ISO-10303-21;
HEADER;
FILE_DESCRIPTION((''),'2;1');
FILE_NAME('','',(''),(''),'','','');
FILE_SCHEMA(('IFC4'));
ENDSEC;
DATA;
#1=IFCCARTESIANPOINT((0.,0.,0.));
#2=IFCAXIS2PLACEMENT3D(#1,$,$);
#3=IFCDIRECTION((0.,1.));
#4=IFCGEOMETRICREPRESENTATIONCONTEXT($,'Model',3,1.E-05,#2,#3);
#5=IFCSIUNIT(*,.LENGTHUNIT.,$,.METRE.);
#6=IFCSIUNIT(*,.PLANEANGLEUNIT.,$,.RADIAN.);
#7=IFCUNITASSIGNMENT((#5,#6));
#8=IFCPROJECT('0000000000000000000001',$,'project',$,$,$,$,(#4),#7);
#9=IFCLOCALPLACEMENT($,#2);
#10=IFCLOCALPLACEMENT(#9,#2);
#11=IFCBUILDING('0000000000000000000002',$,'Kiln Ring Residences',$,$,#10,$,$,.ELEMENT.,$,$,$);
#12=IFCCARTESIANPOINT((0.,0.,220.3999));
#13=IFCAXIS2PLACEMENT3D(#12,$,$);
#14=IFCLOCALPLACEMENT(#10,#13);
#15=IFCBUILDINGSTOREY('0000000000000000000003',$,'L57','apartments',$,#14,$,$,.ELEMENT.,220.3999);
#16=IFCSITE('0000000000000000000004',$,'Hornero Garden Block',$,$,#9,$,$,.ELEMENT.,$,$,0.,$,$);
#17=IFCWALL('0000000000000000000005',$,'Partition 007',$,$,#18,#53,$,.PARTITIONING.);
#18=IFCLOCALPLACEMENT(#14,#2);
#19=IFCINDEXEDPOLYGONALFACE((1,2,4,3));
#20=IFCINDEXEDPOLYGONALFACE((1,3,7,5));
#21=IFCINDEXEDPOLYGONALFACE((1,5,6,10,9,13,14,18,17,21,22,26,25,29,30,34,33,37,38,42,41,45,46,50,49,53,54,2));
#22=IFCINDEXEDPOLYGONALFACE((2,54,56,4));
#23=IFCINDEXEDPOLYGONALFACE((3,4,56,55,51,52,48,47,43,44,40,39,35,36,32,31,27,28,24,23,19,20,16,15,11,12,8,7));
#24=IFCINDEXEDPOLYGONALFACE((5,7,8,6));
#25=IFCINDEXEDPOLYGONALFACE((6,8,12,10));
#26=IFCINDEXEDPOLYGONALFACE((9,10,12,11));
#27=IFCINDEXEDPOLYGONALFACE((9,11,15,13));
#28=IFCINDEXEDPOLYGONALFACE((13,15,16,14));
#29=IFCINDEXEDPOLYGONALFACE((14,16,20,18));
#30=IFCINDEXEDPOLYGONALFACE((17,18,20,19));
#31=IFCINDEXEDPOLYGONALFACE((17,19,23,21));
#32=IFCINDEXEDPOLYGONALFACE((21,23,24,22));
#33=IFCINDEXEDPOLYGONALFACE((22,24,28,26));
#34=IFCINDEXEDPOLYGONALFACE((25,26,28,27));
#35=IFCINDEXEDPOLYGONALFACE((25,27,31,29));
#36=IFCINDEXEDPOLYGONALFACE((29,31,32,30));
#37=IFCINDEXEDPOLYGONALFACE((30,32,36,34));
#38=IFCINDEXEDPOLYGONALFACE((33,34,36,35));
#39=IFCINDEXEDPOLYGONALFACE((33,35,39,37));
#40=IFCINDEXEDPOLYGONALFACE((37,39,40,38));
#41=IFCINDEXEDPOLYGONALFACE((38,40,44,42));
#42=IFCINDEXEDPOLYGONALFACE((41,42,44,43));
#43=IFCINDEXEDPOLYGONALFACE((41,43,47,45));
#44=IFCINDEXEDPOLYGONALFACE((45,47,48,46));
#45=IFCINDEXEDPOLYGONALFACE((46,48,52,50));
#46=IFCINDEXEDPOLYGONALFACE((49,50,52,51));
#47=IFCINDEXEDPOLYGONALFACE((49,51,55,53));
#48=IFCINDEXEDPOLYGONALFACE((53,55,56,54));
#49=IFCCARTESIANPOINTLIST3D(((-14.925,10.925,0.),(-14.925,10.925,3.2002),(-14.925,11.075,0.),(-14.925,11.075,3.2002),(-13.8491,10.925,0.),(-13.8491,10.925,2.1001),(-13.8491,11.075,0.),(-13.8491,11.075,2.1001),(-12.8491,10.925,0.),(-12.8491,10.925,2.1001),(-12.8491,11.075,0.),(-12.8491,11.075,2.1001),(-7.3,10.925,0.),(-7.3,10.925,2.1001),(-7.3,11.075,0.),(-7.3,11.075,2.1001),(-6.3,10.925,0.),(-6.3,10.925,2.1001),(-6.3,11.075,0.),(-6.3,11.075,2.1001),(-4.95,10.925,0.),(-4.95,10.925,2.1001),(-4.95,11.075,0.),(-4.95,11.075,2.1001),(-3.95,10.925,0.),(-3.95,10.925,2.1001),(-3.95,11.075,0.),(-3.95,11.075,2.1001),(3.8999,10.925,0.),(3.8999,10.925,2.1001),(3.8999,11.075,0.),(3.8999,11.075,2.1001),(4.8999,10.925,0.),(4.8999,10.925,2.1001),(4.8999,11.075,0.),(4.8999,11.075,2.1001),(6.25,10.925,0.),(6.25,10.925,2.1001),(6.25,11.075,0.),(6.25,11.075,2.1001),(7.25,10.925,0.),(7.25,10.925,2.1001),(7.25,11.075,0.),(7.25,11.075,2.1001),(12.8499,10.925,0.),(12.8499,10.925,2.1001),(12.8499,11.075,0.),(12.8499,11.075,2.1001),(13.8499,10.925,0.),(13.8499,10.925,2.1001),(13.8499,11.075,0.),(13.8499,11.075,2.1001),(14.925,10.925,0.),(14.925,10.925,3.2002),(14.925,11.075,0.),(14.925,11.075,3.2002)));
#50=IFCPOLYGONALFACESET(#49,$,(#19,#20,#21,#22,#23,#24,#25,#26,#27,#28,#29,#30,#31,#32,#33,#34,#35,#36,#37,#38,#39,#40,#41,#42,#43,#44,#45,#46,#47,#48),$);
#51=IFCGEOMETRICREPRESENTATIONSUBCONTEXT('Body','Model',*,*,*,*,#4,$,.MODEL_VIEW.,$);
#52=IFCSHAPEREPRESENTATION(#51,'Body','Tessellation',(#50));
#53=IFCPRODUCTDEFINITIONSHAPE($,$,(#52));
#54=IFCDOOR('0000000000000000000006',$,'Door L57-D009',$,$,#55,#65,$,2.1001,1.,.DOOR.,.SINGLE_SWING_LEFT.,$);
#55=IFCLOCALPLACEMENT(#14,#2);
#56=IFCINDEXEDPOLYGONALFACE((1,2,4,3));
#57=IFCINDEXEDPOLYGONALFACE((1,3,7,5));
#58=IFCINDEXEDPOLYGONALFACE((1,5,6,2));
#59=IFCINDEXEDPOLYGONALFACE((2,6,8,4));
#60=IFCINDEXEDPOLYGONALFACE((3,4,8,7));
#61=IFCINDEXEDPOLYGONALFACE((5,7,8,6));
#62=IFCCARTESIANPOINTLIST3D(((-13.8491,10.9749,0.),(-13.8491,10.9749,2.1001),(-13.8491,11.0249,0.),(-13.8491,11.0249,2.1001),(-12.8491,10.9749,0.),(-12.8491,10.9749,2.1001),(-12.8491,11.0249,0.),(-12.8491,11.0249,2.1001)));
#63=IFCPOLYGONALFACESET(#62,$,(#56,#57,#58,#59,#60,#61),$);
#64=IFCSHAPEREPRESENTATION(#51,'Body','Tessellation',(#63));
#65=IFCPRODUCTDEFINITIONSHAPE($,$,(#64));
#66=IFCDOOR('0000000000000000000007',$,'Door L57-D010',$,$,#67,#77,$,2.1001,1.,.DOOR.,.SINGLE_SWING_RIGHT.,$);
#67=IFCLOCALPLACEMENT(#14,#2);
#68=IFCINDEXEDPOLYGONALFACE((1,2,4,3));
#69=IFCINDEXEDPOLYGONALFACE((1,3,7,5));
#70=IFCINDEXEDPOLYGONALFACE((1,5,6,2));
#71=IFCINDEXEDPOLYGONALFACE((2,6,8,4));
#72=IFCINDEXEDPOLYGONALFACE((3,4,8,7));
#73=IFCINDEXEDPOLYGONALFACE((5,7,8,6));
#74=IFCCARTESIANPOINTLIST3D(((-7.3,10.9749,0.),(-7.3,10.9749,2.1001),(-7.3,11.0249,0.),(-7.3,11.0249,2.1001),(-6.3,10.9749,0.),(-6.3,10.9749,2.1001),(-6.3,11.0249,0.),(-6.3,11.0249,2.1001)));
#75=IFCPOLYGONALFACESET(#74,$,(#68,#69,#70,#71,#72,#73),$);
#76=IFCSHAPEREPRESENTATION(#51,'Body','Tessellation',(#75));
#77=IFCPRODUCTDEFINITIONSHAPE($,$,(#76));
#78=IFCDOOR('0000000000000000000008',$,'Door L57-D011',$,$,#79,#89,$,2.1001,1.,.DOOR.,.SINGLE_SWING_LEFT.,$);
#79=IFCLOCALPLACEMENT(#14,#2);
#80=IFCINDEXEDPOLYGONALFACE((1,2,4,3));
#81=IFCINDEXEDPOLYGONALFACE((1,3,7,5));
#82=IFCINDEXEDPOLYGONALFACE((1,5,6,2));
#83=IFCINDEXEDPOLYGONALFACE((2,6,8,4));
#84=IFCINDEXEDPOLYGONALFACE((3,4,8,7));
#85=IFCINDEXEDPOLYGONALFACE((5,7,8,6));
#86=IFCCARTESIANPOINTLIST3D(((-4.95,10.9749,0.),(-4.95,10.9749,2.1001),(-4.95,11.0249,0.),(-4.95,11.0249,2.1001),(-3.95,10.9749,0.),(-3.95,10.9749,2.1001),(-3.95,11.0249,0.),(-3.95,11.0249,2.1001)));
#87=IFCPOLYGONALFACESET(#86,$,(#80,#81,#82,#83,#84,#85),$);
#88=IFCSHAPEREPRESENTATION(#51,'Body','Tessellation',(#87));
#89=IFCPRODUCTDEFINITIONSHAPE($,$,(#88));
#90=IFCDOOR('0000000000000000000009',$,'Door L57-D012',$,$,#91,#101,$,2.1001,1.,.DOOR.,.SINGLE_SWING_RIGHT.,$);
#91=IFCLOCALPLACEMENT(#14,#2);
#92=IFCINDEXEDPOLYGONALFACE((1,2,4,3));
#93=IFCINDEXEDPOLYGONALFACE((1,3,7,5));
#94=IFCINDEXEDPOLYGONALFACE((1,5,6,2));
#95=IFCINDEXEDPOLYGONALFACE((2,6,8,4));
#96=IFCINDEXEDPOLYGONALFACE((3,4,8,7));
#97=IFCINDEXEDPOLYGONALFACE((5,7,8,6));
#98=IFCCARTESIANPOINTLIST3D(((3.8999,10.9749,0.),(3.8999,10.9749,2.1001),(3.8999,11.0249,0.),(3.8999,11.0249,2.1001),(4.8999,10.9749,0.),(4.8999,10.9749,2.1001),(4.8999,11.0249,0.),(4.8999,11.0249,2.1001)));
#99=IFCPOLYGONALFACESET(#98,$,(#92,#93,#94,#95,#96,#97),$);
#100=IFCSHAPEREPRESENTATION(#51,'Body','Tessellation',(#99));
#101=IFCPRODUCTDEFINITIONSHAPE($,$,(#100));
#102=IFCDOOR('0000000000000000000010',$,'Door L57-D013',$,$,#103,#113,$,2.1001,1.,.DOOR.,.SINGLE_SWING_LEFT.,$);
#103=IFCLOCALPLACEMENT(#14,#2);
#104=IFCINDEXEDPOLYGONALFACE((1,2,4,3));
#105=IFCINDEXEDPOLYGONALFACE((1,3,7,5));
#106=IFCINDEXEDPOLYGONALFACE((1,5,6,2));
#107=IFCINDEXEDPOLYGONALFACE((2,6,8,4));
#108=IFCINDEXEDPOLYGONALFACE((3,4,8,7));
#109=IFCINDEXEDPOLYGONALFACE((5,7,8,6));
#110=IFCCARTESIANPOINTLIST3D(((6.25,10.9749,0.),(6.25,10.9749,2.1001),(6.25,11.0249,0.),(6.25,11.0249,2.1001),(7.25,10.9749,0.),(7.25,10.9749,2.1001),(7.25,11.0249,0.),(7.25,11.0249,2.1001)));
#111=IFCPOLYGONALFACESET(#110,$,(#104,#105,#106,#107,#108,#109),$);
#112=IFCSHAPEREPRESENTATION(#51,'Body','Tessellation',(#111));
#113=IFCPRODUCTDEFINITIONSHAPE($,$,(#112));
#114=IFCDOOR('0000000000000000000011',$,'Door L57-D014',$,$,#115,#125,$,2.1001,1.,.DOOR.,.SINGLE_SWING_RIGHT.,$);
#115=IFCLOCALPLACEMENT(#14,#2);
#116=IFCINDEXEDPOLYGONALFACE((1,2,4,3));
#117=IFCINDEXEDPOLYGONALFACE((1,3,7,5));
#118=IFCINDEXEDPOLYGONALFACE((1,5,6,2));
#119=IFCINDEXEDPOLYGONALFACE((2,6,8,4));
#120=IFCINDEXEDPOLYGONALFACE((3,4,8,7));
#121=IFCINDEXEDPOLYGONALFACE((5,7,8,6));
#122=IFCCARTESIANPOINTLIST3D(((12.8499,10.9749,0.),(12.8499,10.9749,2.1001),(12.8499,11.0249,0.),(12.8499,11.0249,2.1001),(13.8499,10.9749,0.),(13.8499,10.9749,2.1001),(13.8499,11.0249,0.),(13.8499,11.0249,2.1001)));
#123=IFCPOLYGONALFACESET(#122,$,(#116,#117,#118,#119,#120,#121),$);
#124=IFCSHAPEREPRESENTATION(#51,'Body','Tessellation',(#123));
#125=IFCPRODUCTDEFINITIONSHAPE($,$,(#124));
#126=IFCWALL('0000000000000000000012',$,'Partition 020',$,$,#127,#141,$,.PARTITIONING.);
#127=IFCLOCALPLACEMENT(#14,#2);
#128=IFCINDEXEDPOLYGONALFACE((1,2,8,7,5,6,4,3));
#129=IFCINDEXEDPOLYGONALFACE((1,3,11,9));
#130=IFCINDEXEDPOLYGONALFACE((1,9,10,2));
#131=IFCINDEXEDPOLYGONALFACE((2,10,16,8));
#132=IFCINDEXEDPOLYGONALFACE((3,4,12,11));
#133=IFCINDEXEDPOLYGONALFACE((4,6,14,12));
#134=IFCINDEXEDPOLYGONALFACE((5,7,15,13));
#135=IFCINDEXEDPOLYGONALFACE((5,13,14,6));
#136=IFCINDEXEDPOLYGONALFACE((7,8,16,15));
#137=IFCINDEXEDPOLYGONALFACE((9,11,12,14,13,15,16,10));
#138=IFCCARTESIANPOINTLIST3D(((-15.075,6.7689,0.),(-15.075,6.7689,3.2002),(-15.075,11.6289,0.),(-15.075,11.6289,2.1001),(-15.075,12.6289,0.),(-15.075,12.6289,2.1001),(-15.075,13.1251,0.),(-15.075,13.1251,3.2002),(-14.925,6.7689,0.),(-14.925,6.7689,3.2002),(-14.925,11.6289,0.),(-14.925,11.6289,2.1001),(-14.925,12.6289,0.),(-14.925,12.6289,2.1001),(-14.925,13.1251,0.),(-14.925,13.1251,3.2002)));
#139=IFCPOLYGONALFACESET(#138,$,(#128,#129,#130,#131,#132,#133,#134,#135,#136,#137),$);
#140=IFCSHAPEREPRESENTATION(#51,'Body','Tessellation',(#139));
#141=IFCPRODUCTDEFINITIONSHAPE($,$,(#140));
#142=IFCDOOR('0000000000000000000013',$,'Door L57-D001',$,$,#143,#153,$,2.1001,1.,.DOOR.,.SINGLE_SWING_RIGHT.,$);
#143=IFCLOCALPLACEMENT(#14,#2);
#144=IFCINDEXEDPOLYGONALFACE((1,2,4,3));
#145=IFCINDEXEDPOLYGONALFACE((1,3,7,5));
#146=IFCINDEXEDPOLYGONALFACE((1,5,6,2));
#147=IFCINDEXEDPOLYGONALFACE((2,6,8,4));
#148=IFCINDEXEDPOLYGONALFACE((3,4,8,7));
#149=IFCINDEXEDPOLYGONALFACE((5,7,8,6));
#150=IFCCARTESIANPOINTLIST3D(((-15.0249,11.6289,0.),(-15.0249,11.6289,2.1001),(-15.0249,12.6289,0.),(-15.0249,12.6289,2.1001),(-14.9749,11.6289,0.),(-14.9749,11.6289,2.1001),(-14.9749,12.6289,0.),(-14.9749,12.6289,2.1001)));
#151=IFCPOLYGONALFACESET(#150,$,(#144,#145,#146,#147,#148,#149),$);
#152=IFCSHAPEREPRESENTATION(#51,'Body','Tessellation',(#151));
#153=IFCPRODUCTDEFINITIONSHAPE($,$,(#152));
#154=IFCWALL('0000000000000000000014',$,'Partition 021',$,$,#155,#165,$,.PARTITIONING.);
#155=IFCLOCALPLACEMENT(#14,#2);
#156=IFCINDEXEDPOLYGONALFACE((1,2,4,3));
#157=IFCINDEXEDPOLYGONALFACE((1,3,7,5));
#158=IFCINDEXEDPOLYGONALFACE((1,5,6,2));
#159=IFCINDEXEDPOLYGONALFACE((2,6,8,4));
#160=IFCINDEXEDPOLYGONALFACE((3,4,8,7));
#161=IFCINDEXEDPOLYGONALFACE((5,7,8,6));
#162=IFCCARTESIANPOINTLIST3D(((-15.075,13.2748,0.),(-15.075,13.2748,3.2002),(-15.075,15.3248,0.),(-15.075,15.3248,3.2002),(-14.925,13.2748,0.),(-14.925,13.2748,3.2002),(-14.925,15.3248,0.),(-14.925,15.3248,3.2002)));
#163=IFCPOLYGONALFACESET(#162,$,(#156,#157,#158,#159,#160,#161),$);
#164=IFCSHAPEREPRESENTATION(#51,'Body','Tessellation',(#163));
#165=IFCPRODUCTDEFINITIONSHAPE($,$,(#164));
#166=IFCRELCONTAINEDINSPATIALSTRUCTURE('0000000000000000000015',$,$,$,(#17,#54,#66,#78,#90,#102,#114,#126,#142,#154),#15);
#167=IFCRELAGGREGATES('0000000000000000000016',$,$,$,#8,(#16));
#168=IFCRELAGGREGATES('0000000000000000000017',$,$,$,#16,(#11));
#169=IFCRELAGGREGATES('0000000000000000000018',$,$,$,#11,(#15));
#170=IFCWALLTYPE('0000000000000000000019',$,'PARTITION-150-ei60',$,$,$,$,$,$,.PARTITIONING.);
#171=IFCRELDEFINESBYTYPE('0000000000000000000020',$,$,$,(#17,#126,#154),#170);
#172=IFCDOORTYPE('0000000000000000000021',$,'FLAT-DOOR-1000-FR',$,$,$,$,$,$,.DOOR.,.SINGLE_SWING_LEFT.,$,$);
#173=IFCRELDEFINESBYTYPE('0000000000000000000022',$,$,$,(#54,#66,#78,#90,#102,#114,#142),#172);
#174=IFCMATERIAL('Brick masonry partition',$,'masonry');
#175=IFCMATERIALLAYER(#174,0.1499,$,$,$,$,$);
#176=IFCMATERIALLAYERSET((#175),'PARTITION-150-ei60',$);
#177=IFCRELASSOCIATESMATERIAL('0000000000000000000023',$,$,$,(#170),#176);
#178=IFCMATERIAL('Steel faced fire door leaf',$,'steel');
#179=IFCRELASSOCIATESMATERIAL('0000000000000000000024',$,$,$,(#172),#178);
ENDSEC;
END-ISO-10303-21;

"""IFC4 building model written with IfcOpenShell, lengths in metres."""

from ifc_helpers import new_model, si_unit, direction, frame, frame_2d, origin, place, context, subcontext, project, spatial, rectangle, extrude, material, layer, layer_set, type_object, element, fill, save


model = new_model("IFC4")

# Units and contexts
model_context = context("Model", 3, precision=1e-05, world=origin(), true_north=direction((0.0, 1.0)))
body_context = subcontext(model_context, "Body", "Model", "MODEL_VIEW")
ifc_project = project(units=[si_unit("LENGTHUNIT", "METRE"), si_unit("PLANEANGLEUNIT", "RADIAN")], contexts=[model_context])

# Site, building, storey
site_placement = place(None, origin())
site = spatial("IfcSite", under=ifc_project, at=site_placement, Name="Hornero Garden Block", CompositionType="ELEMENT", RefElevation=0.0)
building_placement = place(site_placement, origin())
building = spatial("IfcBuilding", under=site, at=building_placement, Name="Kiln Ring Residences", CompositionType="ELEMENT")
storey_placement = place(building_placement, frame((0.0, 0.0, 220.3999)))
storey = spatial("IfcBuildingStorey", under=building, at=storey_placement, Name="L57", Description="apartments", CompositionType="ELEMENT", Elevation=220.3999)

# Wall, openings, doors
ifc_material_1 = material(Name="Brick masonry partition", Category="masonry")
ifc_layer_1 = layer(ifc_material_1, 0.1499)
ifc_layer_set_1 = layer_set([ifc_layer_1], Name="PARTITION-150-ei60")
wall_type_1 = type_object("IfcWallType", Name="PARTITION-150-ei60", PredefinedType="PARTITIONING", material=ifc_layer_set_1)
wall_1_placement = place(storey_placement, frame((-14.925, 11.0, 0.0), z_axis=(0.0, 0.0, 1.0), x_axis=(1.0, 0.0, 0.0)))
wall_1 = element("IfcWall", 1, at=wall_1_placement, inside=storey, type_object=wall_type_1, Name="Partition 007", PredefinedType="PARTITIONING", context=body_context, shape_type="SweptSolid", body=[
    extrude(rectangle(XDim=29.8501, YDim=0.1499, at=frame_2d((14.925, 0.0))), origin(), (0.0, 0.0, 1.0), 3.2002),
])
opening_1_placement = place(wall_1_placement, frame((1.0759, 0.0, 0.0)))
opening_1 = element("IfcOpeningElement", 2, at=opening_1_placement, cuts=wall_1, PredefinedType="OPENING", context=body_context, shape_type="SweptSolid", body=[
    extrude(rectangle(XDim=1.0, YDim=2.1001, at=frame_2d((0.5, 1.05))), frame((0.0, 0.085, 0.0), z_axis=(0.0, -1.0, 0.0), x_axis=(1.0, 0.0, 0.0)), (0.0, 0.0, 1.0), 0.1699),
])
opening_2_placement = place(wall_1_placement, frame((7.625, 0.0, 0.0)))
opening_2 = element("IfcOpeningElement", 3, at=opening_2_placement, cuts=wall_1, PredefinedType="OPENING", context=body_context, shape_type="SweptSolid", body=[
    extrude(rectangle(XDim=1.0, YDim=2.1001, at=frame_2d((0.5, 1.05))), frame((0.0, 0.085, 0.0), z_axis=(0.0, -1.0, 0.0), x_axis=(1.0, 0.0, 0.0)), (0.0, 0.0, 1.0), 0.1699),
])
opening_3_placement = place(wall_1_placement, frame((9.9751, 0.0, 0.0)))
opening_3 = element("IfcOpeningElement", 4, at=opening_3_placement, cuts=wall_1, PredefinedType="OPENING", context=body_context, shape_type="SweptSolid", body=[
    extrude(rectangle(XDim=1.0, YDim=2.1001, at=frame_2d((0.5, 1.05))), frame((0.0, 0.085, 0.0), z_axis=(0.0, -1.0, 0.0), x_axis=(1.0, 0.0, 0.0)), (0.0, 0.0, 1.0), 0.1699),
])
opening_4_placement = place(wall_1_placement, frame((18.825, 0.0, 0.0)))
opening_4 = element("IfcOpeningElement", 5, at=opening_4_placement, cuts=wall_1, PredefinedType="OPENING", context=body_context, shape_type="SweptSolid", body=[
    extrude(rectangle(XDim=1.0, YDim=2.1001, at=frame_2d((0.5, 1.05))), frame((0.0, 0.085, 0.0), z_axis=(0.0, -1.0, 0.0), x_axis=(1.0, 0.0, 0.0)), (0.0, 0.0, 1.0), 0.1699),
])
opening_5_placement = place(wall_1_placement, frame((21.175, 0.0, 0.0)))
opening_5 = element("IfcOpeningElement", 6, at=opening_5_placement, cuts=wall_1, PredefinedType="OPENING", context=body_context, shape_type="SweptSolid", body=[
    extrude(rectangle(XDim=1.0, YDim=2.1001, at=frame_2d((0.5, 1.05))), frame((0.0, 0.085, 0.0), z_axis=(0.0, -1.0, 0.0), x_axis=(1.0, 0.0, 0.0)), (0.0, 0.0, 1.0), 0.1699),
])
opening_6_placement = place(wall_1_placement, frame((27.7749, 0.0, 0.0)))
opening_6 = element("IfcOpeningElement", 7, at=opening_6_placement, cuts=wall_1, PredefinedType="OPENING", context=body_context, shape_type="SweptSolid", body=[
    extrude(rectangle(XDim=1.0, YDim=2.1001, at=frame_2d((0.5, 1.05))), frame((0.0, 0.085, 0.0), z_axis=(0.0, -1.0, 0.0), x_axis=(1.0, 0.0, 0.0)), (0.0, 0.0, 1.0), 0.1699),
])
ifc_material_2 = material(Name="Steel faced fire door leaf", Category="steel")
door_type_1 = type_object("IfcDoorType", Name="FLAT-DOOR-1000-FR", OperationType="SINGLE_SWING_LEFT", PredefinedType="DOOR", material=ifc_material_2)
door_1_placement = place(opening_1_placement, origin())
door_1 = element("IfcDoor", 8, at=door_1_placement, inside=storey, type_object=door_type_1, Name="Door L57-D009", OperationType="SINGLE_SWING_LEFT", OverallHeight=2.1001, OverallWidth=1.0, PredefinedType="DOOR", context=body_context, shape_type="SweptSolid", body=[
    extrude(rectangle(XDim=1.0, YDim=2.1001, at=frame_2d((0.5, 1.05))), frame((0.0, 0.0249, 0.0), z_axis=(0.0, -1.0, 0.0), x_axis=(1.0, 0.0, 0.0)), (0.0, 0.0, 1.0), 0.05),
])
fill(opening_1, door_1)
door_2_placement = place(opening_2_placement, origin())
door_2 = element("IfcDoor", 9, at=door_2_placement, inside=storey, type_object=door_type_1, Name="Door L57-D010", OperationType="SINGLE_SWING_RIGHT", OverallHeight=2.1001, OverallWidth=1.0, PredefinedType="DOOR", context=body_context, shape_type="SweptSolid", body=[
    extrude(rectangle(XDim=1.0, YDim=2.1001, at=frame_2d((0.5, 1.05))), frame((0.0, 0.0249, 0.0), z_axis=(0.0, -1.0, 0.0), x_axis=(1.0, 0.0, 0.0)), (0.0, 0.0, 1.0), 0.05),
])
fill(opening_2, door_2)
door_3_placement = place(opening_3_placement, origin())
door_3 = element("IfcDoor", 10, at=door_3_placement, inside=storey, type_object=door_type_1, Name="Door L57-D011", OperationType="SINGLE_SWING_LEFT", OverallHeight=2.1001, OverallWidth=1.0, PredefinedType="DOOR", context=body_context, shape_type="SweptSolid", body=[
    extrude(rectangle(XDim=1.0, YDim=2.1001, at=frame_2d((0.5, 1.05))), frame((0.0, 0.0249, 0.0), z_axis=(0.0, -1.0, 0.0), x_axis=(1.0, 0.0, 0.0)), (0.0, 0.0, 1.0), 0.05),
])
fill(opening_3, door_3)
door_4_placement = place(opening_4_placement, origin())
door_4 = element("IfcDoor", 11, at=door_4_placement, inside=storey, type_object=door_type_1, Name="Door L57-D012", OperationType="SINGLE_SWING_RIGHT", OverallHeight=2.1001, OverallWidth=1.0, PredefinedType="DOOR", context=body_context, shape_type="SweptSolid", body=[
    extrude(rectangle(XDim=1.0, YDim=2.1001, at=frame_2d((0.5, 1.05))), frame((0.0, 0.0249, 0.0), z_axis=(0.0, -1.0, 0.0), x_axis=(1.0, 0.0, 0.0)), (0.0, 0.0, 1.0), 0.05),
])
fill(opening_4, door_4)
door_5_placement = place(opening_5_placement, origin())
door_5 = element("IfcDoor", 12, at=door_5_placement, inside=storey, type_object=door_type_1, Name="Door L57-D013", OperationType="SINGLE_SWING_LEFT", OverallHeight=2.1001, OverallWidth=1.0, PredefinedType="DOOR", context=body_context, shape_type="SweptSolid", body=[
    extrude(rectangle(XDim=1.0, YDim=2.1001, at=frame_2d((0.5, 1.05))), frame((0.0, 0.0249, 0.0), z_axis=(0.0, -1.0, 0.0), x_axis=(1.0, 0.0, 0.0)), (0.0, 0.0, 1.0), 0.05),
])
fill(opening_5, door_5)
door_6_placement = place(opening_6_placement, origin())
door_6 = element("IfcDoor", 13, at=door_6_placement, inside=storey, type_object=door_type_1, Name="Door L57-D014", OperationType="SINGLE_SWING_RIGHT", OverallHeight=2.1001, OverallWidth=1.0, PredefinedType="DOOR", context=body_context, shape_type="SweptSolid", body=[
    extrude(rectangle(XDim=1.0, YDim=2.1001, at=frame_2d((0.5, 1.05))), frame((0.0, 0.0249, 0.0), z_axis=(0.0, -1.0, 0.0), x_axis=(1.0, 0.0, 0.0)), (0.0, 0.0, 1.0), 0.05),
])
fill(opening_6, door_6)

# Wall, opening, door
wall_2_placement = place(storey_placement, frame((-15.0, 6.7688, 0.0), z_axis=(0.0, 0.0, 1.0), x_axis=(0.0, 1.0, 0.0)))
wall_2 = element("IfcWall", 14, at=wall_2_placement, inside=storey, type_object=wall_type_1, Name="Partition 020", PredefinedType="PARTITIONING", context=body_context, shape_type="SweptSolid", body=[
    extrude(rectangle(XDim=6.3562, YDim=0.1499, at=frame_2d((3.1782, 0.0))), origin(), (0.0, 0.0, 1.0), 3.2002),
])
opening_7_placement = place(wall_2_placement, frame((4.8601, 0.0, 0.0)))
opening_7 = element("IfcOpeningElement", 15, at=opening_7_placement, cuts=wall_2, PredefinedType="OPENING", context=body_context, shape_type="SweptSolid", body=[
    extrude(rectangle(XDim=1.0, YDim=2.1001, at=frame_2d((0.5, 1.05))), frame((0.0, 0.085, 0.0), z_axis=(0.0, -1.0, 0.0), x_axis=(1.0, 0.0, 0.0)), (0.0, 0.0, 1.0), 0.1699),
])
door_7_placement = place(opening_7_placement, origin())
door_7 = element("IfcDoor", 16, at=door_7_placement, inside=storey, type_object=door_type_1, Name="Door L57-D001", OperationType="SINGLE_SWING_RIGHT", OverallHeight=2.1001, OverallWidth=1.0, PredefinedType="DOOR", context=body_context, shape_type="SweptSolid", body=[
    extrude(rectangle(XDim=1.0, YDim=2.1001, at=frame_2d((0.5, 1.05))), frame((0.0, 0.0249, 0.0), z_axis=(0.0, -1.0, 0.0), x_axis=(1.0, 0.0, 0.0)), (0.0, 0.0, 1.0), 0.05),
])
fill(opening_7, door_7)

# Wall
wall_3_placement = place(storey_placement, frame((-15.0, 13.2749, 0.0), z_axis=(0.0, 0.0, 1.0), x_axis=(0.0, 1.0, 0.0)))
element("IfcWall", 17, at=wall_3_placement, inside=storey, type_object=wall_type_1, Name="Partition 021", PredefinedType="PARTITIONING", context=body_context, shape_type="SweptSolid", body=[
    extrude(rectangle(XDim=2.05, YDim=0.1499, at=frame_2d((1.0249, 0.0))), origin(), (0.0, 0.0, 1.0), 3.2002),
])

save(model, "model.ifc")
